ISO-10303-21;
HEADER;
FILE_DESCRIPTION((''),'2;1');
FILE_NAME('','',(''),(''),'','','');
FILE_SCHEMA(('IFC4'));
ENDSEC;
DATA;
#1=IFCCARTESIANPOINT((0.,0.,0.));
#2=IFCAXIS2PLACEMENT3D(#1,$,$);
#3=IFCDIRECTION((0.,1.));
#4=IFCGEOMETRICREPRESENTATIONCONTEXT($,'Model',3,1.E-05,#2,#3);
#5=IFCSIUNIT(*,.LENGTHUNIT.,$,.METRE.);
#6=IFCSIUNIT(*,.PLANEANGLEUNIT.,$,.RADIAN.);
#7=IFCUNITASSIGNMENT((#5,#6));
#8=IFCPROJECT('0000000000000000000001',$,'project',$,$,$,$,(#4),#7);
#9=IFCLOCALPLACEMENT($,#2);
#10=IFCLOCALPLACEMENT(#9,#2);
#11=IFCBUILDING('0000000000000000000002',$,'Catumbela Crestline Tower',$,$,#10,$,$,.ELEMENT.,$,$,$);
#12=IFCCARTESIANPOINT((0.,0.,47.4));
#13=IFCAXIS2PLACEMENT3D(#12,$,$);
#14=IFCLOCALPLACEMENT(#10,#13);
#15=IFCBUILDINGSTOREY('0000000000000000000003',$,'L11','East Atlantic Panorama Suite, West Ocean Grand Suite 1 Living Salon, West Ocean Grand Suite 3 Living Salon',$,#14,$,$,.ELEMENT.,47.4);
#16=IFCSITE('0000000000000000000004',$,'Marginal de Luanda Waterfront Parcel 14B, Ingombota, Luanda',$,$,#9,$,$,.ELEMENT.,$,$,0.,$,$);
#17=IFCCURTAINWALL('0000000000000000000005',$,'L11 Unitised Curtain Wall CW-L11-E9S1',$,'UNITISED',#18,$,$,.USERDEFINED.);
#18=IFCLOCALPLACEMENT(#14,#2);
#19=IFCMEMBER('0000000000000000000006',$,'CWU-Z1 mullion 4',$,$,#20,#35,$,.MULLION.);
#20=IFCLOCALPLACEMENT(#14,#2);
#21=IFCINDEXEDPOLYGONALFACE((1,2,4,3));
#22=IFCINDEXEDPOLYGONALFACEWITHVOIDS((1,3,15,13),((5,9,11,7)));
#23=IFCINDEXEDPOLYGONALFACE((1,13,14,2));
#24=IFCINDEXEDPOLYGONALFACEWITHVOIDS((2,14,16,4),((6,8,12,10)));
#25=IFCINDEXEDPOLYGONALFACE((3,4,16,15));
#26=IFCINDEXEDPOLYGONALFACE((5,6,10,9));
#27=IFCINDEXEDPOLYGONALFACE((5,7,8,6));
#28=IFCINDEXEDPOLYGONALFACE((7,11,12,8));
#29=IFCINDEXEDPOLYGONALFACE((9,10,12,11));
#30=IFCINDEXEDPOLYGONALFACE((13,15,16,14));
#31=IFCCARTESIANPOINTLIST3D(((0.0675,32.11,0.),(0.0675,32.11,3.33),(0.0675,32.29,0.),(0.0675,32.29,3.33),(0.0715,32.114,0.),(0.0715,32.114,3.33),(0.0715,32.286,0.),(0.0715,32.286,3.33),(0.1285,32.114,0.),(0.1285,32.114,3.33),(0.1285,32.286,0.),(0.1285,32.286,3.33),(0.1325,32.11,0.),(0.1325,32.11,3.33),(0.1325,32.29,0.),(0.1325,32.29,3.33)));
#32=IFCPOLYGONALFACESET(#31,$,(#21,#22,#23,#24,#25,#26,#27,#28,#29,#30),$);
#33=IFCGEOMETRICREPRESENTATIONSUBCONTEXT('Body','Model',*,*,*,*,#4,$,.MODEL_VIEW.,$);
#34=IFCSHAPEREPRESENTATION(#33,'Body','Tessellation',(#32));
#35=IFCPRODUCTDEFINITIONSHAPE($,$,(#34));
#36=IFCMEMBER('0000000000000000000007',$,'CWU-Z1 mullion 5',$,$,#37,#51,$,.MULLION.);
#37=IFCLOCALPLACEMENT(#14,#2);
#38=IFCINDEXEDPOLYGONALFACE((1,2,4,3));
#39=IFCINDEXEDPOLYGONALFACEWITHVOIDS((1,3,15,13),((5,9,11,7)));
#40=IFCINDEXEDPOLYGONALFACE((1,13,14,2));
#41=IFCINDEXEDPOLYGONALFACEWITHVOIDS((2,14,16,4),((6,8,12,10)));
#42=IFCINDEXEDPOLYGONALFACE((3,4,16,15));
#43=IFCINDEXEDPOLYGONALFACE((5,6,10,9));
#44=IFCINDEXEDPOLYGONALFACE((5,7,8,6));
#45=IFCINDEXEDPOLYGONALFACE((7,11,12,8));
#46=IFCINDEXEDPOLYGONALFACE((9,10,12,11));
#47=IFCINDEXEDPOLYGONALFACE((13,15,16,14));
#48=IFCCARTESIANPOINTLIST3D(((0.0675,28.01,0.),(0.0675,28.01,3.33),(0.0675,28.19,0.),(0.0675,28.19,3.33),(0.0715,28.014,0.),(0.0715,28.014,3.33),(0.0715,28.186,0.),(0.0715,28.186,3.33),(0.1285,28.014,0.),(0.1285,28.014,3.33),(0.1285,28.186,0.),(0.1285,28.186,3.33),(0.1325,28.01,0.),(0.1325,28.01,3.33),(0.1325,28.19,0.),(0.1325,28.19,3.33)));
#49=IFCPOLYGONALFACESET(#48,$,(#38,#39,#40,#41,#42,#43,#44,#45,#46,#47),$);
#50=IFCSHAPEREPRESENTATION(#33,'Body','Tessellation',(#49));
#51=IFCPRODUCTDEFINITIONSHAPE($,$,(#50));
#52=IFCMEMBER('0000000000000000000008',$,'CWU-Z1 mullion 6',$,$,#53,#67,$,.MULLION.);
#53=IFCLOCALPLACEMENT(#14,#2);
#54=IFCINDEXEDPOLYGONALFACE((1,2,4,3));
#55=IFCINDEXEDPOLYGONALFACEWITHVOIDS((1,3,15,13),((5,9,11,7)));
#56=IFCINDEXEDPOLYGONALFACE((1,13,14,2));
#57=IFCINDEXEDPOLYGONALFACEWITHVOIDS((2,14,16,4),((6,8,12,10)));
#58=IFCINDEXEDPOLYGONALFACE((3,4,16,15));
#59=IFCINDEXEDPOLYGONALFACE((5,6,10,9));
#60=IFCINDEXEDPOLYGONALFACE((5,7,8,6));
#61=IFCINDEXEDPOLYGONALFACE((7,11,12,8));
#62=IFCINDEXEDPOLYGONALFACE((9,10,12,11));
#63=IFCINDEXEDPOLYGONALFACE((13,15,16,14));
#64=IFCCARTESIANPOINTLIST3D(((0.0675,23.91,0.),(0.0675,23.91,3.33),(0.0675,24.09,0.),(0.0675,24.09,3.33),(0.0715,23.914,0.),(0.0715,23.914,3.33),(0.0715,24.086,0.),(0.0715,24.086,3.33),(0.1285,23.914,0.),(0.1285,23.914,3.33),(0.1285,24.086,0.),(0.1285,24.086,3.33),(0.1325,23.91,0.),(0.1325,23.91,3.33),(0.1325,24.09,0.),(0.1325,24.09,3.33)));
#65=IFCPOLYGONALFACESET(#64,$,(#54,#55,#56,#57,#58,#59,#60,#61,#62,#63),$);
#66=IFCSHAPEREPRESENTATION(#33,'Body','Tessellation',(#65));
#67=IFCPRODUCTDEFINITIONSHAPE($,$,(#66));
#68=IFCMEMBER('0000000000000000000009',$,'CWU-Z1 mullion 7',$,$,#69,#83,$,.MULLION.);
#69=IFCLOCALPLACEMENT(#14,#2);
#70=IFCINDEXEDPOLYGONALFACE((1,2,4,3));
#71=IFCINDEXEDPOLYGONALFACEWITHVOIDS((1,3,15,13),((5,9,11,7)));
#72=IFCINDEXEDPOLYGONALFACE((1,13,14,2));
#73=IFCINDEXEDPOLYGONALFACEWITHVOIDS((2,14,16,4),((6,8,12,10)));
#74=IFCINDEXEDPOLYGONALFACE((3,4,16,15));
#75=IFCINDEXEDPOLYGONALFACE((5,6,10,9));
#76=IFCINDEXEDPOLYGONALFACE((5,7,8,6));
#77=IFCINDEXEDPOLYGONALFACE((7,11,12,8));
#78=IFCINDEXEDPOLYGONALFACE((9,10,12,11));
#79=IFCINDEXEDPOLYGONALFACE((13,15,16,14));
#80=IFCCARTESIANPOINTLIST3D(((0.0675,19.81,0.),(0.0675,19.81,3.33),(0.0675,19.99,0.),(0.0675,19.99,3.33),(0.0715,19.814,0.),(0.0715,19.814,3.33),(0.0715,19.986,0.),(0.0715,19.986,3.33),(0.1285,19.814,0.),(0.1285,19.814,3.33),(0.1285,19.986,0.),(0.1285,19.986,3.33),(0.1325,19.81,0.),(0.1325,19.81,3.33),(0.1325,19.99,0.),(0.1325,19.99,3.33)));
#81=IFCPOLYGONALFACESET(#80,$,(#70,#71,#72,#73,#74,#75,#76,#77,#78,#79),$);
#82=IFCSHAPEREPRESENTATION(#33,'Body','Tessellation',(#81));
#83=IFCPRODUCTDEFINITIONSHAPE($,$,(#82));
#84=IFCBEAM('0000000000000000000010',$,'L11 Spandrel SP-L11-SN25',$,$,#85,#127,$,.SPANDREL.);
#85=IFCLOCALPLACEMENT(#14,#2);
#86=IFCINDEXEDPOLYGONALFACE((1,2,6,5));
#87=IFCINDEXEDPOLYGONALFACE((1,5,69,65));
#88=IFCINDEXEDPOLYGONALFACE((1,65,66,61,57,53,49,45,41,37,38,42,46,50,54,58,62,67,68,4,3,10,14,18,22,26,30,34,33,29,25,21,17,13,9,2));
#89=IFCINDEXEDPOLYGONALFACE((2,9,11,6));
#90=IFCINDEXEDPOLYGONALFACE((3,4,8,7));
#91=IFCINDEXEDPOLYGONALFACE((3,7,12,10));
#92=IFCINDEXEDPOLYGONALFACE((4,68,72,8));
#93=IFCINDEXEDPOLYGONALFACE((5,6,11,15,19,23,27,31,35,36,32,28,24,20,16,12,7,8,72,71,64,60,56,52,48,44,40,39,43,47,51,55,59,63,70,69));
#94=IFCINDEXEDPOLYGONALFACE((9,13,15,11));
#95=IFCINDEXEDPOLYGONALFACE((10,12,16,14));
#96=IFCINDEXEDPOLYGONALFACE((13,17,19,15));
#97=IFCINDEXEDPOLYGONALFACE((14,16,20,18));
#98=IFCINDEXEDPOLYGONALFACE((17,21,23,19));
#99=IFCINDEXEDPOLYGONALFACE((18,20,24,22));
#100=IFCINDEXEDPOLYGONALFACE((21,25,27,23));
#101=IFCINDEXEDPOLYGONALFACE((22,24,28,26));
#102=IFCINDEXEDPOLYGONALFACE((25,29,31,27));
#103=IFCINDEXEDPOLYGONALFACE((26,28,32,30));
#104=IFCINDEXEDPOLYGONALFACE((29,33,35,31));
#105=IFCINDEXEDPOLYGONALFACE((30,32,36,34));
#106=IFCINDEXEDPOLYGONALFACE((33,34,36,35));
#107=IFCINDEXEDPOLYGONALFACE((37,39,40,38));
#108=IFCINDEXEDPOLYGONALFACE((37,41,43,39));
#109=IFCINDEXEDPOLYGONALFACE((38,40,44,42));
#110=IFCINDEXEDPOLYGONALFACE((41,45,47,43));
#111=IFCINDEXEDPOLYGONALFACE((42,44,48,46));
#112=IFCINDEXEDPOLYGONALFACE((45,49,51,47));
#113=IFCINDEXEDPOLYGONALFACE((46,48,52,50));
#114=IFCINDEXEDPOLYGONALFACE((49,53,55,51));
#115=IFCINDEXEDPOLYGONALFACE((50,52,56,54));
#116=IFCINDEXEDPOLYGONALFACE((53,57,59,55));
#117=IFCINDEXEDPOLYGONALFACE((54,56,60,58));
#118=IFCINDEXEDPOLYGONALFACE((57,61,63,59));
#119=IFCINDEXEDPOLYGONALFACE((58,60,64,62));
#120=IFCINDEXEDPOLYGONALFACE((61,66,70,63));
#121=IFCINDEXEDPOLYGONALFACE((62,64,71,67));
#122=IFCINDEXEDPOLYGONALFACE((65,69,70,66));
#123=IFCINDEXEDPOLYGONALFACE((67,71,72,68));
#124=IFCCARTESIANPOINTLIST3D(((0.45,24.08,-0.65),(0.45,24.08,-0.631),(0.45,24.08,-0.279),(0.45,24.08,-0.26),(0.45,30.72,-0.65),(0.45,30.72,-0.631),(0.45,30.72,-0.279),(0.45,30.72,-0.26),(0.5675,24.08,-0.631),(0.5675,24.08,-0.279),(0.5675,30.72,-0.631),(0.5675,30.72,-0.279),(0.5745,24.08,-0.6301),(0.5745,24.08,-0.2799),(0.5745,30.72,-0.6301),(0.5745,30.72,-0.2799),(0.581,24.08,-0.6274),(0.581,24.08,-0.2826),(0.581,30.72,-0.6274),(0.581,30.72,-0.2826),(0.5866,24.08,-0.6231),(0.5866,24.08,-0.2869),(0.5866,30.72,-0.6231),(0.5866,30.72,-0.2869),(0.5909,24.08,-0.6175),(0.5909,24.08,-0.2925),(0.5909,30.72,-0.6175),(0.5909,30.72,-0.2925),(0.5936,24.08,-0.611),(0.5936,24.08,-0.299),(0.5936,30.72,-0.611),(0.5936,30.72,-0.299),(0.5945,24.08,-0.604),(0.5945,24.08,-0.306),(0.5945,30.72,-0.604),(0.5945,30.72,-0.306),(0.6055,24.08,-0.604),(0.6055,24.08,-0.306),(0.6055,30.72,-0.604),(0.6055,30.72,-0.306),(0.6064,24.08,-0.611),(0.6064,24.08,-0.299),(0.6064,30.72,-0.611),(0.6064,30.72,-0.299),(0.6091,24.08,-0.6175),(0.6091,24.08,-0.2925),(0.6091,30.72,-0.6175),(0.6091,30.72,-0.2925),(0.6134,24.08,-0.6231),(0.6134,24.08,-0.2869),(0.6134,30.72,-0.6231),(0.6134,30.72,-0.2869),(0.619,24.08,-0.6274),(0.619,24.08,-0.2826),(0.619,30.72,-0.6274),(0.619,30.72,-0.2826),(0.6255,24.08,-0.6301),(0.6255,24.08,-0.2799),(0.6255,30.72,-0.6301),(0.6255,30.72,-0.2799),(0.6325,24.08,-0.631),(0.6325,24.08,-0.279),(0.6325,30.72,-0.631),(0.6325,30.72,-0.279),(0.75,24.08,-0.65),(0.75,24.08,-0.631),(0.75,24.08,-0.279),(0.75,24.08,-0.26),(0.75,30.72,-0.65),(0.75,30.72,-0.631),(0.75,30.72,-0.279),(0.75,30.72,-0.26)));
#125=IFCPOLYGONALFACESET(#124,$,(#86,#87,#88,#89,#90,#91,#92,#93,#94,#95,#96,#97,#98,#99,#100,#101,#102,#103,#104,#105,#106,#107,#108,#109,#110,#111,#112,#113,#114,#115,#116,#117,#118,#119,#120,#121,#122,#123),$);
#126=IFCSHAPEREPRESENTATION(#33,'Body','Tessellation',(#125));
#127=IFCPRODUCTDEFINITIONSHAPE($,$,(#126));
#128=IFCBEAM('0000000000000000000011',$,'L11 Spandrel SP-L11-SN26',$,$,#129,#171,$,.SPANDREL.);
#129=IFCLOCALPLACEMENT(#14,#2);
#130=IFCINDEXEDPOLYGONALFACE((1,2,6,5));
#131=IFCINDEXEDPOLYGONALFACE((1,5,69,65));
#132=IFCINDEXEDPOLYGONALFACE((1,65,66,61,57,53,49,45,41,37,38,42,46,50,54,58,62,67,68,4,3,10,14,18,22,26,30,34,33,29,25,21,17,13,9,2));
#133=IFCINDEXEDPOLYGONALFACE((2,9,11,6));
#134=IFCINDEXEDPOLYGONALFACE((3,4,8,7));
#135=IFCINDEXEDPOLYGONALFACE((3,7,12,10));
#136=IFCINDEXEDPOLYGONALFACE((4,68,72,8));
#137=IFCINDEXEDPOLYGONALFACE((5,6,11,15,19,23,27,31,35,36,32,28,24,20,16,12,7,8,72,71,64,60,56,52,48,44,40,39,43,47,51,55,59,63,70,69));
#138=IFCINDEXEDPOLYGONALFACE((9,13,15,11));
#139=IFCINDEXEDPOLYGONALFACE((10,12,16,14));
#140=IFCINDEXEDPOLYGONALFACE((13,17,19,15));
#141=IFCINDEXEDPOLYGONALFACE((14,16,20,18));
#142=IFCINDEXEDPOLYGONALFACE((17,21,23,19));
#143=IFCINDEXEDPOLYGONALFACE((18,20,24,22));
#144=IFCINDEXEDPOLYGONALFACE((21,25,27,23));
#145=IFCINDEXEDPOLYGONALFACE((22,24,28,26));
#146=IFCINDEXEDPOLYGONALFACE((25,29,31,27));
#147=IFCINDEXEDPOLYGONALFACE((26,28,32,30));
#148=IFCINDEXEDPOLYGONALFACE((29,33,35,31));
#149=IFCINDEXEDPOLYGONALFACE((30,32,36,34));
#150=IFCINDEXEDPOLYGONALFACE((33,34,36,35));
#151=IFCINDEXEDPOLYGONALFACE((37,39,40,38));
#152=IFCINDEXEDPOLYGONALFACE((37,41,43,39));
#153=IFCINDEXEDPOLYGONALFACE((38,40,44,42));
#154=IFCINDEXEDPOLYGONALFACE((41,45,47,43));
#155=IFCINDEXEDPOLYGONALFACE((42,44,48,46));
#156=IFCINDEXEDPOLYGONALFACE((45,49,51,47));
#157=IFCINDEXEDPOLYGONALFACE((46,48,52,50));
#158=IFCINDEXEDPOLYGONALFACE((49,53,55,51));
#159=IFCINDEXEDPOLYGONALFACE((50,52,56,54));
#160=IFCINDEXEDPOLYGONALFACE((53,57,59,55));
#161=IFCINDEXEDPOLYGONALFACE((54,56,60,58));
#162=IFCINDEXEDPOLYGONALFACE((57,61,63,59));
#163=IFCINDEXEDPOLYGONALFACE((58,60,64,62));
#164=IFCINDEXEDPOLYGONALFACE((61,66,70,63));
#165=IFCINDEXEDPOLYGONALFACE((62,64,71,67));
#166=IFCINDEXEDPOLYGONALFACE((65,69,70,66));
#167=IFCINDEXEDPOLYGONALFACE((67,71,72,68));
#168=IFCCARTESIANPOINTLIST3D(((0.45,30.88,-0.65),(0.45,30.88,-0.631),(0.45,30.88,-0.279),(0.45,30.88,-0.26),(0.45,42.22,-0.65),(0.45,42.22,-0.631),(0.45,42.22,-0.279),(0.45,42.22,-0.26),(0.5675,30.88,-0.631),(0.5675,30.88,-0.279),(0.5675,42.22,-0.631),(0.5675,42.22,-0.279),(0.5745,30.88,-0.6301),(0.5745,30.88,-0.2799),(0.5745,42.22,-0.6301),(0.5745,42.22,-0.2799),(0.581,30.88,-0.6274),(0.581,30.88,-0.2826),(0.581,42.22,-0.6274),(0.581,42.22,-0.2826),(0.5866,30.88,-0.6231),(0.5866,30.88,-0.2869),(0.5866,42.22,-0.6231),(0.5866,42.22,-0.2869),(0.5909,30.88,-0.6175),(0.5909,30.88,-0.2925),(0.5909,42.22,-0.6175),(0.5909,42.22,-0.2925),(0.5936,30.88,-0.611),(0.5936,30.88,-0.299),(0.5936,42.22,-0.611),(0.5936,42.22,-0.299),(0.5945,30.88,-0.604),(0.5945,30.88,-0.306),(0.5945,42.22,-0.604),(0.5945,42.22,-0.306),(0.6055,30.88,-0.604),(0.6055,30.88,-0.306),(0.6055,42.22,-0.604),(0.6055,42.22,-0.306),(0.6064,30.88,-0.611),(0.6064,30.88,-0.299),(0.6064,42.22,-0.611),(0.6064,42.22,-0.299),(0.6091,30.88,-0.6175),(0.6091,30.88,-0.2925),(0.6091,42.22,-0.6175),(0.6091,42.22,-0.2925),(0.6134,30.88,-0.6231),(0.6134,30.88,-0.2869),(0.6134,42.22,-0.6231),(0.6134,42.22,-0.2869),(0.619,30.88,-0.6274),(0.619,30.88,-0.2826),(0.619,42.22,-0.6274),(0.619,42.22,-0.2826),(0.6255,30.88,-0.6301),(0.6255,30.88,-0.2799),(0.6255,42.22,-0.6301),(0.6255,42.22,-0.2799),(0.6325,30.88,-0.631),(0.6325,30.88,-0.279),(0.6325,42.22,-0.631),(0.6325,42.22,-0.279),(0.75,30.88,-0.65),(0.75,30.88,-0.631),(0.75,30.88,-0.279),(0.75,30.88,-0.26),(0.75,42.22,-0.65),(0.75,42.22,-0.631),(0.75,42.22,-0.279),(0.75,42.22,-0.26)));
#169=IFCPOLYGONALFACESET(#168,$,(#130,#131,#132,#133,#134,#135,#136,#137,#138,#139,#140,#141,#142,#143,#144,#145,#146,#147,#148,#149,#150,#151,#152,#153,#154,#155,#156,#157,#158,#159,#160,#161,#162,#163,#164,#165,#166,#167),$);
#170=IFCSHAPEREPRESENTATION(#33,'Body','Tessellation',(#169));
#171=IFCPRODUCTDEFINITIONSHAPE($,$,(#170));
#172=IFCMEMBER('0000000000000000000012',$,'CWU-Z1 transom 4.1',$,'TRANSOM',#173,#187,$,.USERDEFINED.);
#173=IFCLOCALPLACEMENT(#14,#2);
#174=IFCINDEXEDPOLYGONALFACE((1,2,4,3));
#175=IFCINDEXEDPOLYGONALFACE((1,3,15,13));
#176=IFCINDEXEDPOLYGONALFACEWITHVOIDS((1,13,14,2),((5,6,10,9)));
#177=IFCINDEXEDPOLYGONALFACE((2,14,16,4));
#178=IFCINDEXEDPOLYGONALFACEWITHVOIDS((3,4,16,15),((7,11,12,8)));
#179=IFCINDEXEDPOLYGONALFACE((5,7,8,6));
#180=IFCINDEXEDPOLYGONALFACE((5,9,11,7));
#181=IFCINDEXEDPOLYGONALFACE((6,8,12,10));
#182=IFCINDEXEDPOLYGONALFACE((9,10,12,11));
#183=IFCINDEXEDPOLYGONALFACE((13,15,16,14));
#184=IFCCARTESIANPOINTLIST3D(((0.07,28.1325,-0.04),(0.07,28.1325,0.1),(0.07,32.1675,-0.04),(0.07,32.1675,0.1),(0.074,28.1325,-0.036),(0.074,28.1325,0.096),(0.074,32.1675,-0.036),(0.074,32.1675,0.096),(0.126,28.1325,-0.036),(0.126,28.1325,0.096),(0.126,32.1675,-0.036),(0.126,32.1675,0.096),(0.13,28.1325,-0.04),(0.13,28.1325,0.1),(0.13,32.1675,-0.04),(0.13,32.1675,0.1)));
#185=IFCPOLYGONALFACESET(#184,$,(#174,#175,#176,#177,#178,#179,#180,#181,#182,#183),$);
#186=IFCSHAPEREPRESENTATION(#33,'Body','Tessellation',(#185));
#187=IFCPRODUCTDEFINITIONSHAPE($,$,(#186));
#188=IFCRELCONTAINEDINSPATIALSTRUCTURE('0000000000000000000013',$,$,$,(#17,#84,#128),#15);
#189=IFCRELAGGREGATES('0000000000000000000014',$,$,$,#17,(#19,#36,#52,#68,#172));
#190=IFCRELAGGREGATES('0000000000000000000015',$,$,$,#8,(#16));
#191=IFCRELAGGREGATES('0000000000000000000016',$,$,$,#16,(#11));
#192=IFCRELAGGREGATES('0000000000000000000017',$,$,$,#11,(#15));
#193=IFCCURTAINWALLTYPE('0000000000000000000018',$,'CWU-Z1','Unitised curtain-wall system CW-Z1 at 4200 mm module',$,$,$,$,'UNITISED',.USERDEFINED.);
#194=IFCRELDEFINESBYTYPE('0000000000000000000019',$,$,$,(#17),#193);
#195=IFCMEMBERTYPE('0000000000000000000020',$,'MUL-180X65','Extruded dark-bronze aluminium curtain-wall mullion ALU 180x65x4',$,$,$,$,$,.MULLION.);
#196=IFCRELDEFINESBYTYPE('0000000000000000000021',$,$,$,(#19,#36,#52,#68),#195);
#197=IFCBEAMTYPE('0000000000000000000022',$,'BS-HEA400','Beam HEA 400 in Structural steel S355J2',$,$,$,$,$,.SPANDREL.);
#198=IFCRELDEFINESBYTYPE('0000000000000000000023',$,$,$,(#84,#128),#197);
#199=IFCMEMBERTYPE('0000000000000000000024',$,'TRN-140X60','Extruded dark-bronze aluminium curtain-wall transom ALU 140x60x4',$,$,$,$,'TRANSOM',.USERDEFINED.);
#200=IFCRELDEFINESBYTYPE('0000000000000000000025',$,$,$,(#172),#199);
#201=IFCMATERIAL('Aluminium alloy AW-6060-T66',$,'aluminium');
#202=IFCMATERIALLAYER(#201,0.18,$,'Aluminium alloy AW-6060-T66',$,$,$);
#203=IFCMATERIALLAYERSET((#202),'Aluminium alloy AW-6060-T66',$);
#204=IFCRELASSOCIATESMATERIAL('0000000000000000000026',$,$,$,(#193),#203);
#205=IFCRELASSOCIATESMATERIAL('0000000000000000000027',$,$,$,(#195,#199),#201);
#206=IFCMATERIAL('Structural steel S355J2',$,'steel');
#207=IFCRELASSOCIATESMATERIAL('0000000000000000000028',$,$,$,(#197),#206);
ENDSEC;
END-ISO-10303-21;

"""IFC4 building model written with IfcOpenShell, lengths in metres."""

from ifc_helpers import new_model, si_unit, direction, frame, origin, origin_2d, place, context, subcontext, project, spatial, hollow_rectangle, i_section, extrude, material, layer, layer_set, material_profile, profile_set, type_object, element, aggregate, save


model = new_model("IFC4")

# Units and contexts
model_context = context("Model", 3, precision=1e-05, world=origin(), true_north=direction((0.0, 1.0)))
body_context = subcontext(model_context, "Body", "Model", "MODEL_VIEW")
ifc_project = project(units=[si_unit("LENGTHUNIT", "METRE"), si_unit("PLANEANGLEUNIT", "RADIAN")], contexts=[model_context])

# Site, building, storey
site_placement = place(None, origin())
site = spatial("IfcSite", under=ifc_project, at=site_placement, Name="Marginal de Luanda Waterfront Parcel 14B, Ingombota, Luanda", CompositionType="ELEMENT", RefElevation=0.0)
building_placement = place(site_placement, origin())
building = spatial("IfcBuilding", under=site, at=building_placement, Name="Catumbela Crestline Tower", CompositionType="ELEMENT")
storey_placement = place(building_placement, frame((0.0, 0.0, 47.4)))
storey = spatial("IfcBuildingStorey", under=building, at=storey_placement, Name="L11", Description="East Atlantic Panorama Suite, West Ocean Grand Suite 1 Living Salon, West Ocean Grand Suite 3 Living Salon", CompositionType="ELEMENT", Elevation=47.4)

# Shared definitions
ifc_material_1 = material(Name="Structural steel S355J2", Category="steel")

# Curtain wall, members
ifc_material_2 = material(Name="Aluminium alloy AW-6060-T66", Category="aluminium")
ifc_layer_1 = layer(ifc_material_2, 0.18, Name="Aluminium alloy AW-6060-T66")
ifc_layer_set_1 = layer_set([ifc_layer_1], Name="Aluminium alloy AW-6060-T66")
curtain_wall_type = type_object("IfcCurtainWallType", Name="CWU-Z1", Description="Unitised curtain-wall system CW-Z1 at 4200 mm module", ElementType="UNITISED", PredefinedType="USERDEFINED", material=ifc_layer_set_1)
curtain_wall_placement = place(storey_placement, origin())
curtain_wall = element("IfcCurtainWall", 1, at=curtain_wall_placement, inside=storey, type_object=curtain_wall_type, Name="L11 Unitised Curtain Wall CW-L11-E9S1", ObjectType="UNITISED", PredefinedType="USERDEFINED")
ifc_material_profile_1 = material_profile(ifc_material_2, hollow_rectangle(XDim=0.065, YDim=0.18, WallThickness=0.004, at=origin_2d()), Name="ALU 180x65x4")
ifc_profile_set_1 = profile_set([ifc_material_profile_1], Name="Aluminium alloy AW-6060-T66")
member_type_1 = type_object("IfcMemberType", Name="MUL-180X65", Description="Extruded dark-bronze aluminium curtain-wall mullion ALU 180x65x4", PredefinedType="MULLION", material=ifc_profile_set_1)
member_1_placement = place(storey_placement, frame((0.1, 32.2, 0.0), z_axis=(0.0, 0.0, 1.0), x_axis=(1.0, 0.0, 0.0)))
member_1 = element("IfcMember", 2, at=member_1_placement, type_object=member_type_1, Name="CWU-Z1 mullion 4", PredefinedType="MULLION", context=body_context, shape_type="SweptSolid", body=[
    extrude(hollow_rectangle(XDim=0.065, YDim=0.18, WallThickness=0.004, at=origin_2d()), origin(), (0.0, 0.0, 1.0), 3.33),
])
member_2_placement = place(storey_placement, frame((0.1, 28.1, 0.0), z_axis=(0.0, 0.0, 1.0), x_axis=(1.0, 0.0, 0.0)))
member_2 = element("IfcMember", 3, at=member_2_placement, type_object=member_type_1, Name="CWU-Z1 mullion 5", PredefinedType="MULLION", context=body_context, shape_type="SweptSolid", body=[
    extrude(hollow_rectangle(XDim=0.065, YDim=0.18, WallThickness=0.004, at=origin_2d()), origin(), (0.0, 0.0, 1.0), 3.33),
])
member_3_placement = place(storey_placement, frame((0.1, 24.0, 0.0), z_axis=(0.0, 0.0, 1.0), x_axis=(1.0, 0.0, 0.0)))
member_3 = element("IfcMember", 4, at=member_3_placement, type_object=member_type_1, Name="CWU-Z1 mullion 6", PredefinedType="MULLION", context=body_context, shape_type="SweptSolid", body=[
    extrude(hollow_rectangle(XDim=0.065, YDim=0.18, WallThickness=0.004, at=origin_2d()), origin(), (0.0, 0.0, 1.0), 3.33),
])
member_4_placement = place(storey_placement, frame((0.1, 19.9, 0.0), z_axis=(0.0, 0.0, 1.0), x_axis=(1.0, 0.0, 0.0)))
member_4 = element("IfcMember", 5, at=member_4_placement, type_object=member_type_1, Name="CWU-Z1 mullion 7", PredefinedType="MULLION", context=body_context, shape_type="SweptSolid", body=[
    extrude(hollow_rectangle(XDim=0.065, YDim=0.18, WallThickness=0.004, at=origin_2d()), origin(), (0.0, 0.0, 1.0), 3.33),
])

# Beams
ifc_material_profile_2 = material_profile(ifc_material_1, i_section(OverallWidth=0.3, OverallDepth=0.39, WebThickness=0.011, FlangeThickness=0.019, FilletRadius=0.027, at=origin_2d()), Name="HEA 400")
ifc_profile_set_2 = profile_set([ifc_material_profile_2], Name="Structural steel S355J2")
beam_type_1 = type_object("IfcBeamType", Name="BS-HEA400", Description="Beam HEA 400 in Structural steel S355J2", PredefinedType="SPANDREL", material=ifc_profile_set_2)
beam_1_placement = place(storey_placement, frame((0.6, 24.08, -0.455), z_axis=(0.0, 1.0, 0.0), x_axis=(-1.0, 0.0, 0.0)))
element("IfcBeam", 6, at=beam_1_placement, inside=storey, type_object=beam_type_1, Name="L11 Spandrel SP-L11-SN25", PredefinedType="SPANDREL", context=body_context, shape_type="SweptSolid", body=[
    extrude(i_section(OverallWidth=0.3, OverallDepth=0.39, WebThickness=0.011, FlangeThickness=0.019, FilletRadius=0.027, at=origin_2d()), origin(), (0.0, 0.0, 1.0), 6.64),
])
beam_2_placement = place(storey_placement, frame((0.6, 30.88, -0.455), z_axis=(0.0, 1.0, 0.0), x_axis=(-1.0, 0.0, 0.0)))
element("IfcBeam", 7, at=beam_2_placement, inside=storey, type_object=beam_type_1, Name="L11 Spandrel SP-L11-SN26", PredefinedType="SPANDREL", context=body_context, shape_type="SweptSolid", body=[
    extrude(i_section(OverallWidth=0.3, OverallDepth=0.39, WebThickness=0.011, FlangeThickness=0.019, FilletRadius=0.027, at=origin_2d()), origin(), (0.0, 0.0, 1.0), 11.34),
])

# Member
ifc_material_profile_3 = material_profile(ifc_material_2, hollow_rectangle(XDim=0.06, YDim=0.14, WallThickness=0.004, at=origin_2d()), Name="ALU 140x60x4")
ifc_profile_set_3 = profile_set([ifc_material_profile_3], Name="Aluminium alloy AW-6060-T66")
member_type_2 = type_object("IfcMemberType", Name="TRN-140X60", Description="Extruded dark-bronze aluminium curtain-wall transom ALU 140x60x4", ElementType="TRANSOM", PredefinedType="USERDEFINED", material=ifc_profile_set_3)
member_5_placement = place(storey_placement, frame((0.1, 32.1675, 0.03), z_axis=(0.0, -1.0, 0.0), x_axis=(1.0, 0.0, 0.0)))
member_5 = element("IfcMember", 8, at=member_5_placement, type_object=member_type_2, Name="CWU-Z1 transom 4.1", ObjectType="TRANSOM", PredefinedType="USERDEFINED", context=body_context, shape_type="SweptSolid", body=[
    extrude(hollow_rectangle(XDim=0.06, YDim=0.14, WallThickness=0.004, at=origin_2d()), origin(), (0.0, 0.0, 1.0), 4.035),
])

aggregate(curtain_wall, [member_1, member_2, member_3, member_4, member_5])

save(model, "model.ifc")
